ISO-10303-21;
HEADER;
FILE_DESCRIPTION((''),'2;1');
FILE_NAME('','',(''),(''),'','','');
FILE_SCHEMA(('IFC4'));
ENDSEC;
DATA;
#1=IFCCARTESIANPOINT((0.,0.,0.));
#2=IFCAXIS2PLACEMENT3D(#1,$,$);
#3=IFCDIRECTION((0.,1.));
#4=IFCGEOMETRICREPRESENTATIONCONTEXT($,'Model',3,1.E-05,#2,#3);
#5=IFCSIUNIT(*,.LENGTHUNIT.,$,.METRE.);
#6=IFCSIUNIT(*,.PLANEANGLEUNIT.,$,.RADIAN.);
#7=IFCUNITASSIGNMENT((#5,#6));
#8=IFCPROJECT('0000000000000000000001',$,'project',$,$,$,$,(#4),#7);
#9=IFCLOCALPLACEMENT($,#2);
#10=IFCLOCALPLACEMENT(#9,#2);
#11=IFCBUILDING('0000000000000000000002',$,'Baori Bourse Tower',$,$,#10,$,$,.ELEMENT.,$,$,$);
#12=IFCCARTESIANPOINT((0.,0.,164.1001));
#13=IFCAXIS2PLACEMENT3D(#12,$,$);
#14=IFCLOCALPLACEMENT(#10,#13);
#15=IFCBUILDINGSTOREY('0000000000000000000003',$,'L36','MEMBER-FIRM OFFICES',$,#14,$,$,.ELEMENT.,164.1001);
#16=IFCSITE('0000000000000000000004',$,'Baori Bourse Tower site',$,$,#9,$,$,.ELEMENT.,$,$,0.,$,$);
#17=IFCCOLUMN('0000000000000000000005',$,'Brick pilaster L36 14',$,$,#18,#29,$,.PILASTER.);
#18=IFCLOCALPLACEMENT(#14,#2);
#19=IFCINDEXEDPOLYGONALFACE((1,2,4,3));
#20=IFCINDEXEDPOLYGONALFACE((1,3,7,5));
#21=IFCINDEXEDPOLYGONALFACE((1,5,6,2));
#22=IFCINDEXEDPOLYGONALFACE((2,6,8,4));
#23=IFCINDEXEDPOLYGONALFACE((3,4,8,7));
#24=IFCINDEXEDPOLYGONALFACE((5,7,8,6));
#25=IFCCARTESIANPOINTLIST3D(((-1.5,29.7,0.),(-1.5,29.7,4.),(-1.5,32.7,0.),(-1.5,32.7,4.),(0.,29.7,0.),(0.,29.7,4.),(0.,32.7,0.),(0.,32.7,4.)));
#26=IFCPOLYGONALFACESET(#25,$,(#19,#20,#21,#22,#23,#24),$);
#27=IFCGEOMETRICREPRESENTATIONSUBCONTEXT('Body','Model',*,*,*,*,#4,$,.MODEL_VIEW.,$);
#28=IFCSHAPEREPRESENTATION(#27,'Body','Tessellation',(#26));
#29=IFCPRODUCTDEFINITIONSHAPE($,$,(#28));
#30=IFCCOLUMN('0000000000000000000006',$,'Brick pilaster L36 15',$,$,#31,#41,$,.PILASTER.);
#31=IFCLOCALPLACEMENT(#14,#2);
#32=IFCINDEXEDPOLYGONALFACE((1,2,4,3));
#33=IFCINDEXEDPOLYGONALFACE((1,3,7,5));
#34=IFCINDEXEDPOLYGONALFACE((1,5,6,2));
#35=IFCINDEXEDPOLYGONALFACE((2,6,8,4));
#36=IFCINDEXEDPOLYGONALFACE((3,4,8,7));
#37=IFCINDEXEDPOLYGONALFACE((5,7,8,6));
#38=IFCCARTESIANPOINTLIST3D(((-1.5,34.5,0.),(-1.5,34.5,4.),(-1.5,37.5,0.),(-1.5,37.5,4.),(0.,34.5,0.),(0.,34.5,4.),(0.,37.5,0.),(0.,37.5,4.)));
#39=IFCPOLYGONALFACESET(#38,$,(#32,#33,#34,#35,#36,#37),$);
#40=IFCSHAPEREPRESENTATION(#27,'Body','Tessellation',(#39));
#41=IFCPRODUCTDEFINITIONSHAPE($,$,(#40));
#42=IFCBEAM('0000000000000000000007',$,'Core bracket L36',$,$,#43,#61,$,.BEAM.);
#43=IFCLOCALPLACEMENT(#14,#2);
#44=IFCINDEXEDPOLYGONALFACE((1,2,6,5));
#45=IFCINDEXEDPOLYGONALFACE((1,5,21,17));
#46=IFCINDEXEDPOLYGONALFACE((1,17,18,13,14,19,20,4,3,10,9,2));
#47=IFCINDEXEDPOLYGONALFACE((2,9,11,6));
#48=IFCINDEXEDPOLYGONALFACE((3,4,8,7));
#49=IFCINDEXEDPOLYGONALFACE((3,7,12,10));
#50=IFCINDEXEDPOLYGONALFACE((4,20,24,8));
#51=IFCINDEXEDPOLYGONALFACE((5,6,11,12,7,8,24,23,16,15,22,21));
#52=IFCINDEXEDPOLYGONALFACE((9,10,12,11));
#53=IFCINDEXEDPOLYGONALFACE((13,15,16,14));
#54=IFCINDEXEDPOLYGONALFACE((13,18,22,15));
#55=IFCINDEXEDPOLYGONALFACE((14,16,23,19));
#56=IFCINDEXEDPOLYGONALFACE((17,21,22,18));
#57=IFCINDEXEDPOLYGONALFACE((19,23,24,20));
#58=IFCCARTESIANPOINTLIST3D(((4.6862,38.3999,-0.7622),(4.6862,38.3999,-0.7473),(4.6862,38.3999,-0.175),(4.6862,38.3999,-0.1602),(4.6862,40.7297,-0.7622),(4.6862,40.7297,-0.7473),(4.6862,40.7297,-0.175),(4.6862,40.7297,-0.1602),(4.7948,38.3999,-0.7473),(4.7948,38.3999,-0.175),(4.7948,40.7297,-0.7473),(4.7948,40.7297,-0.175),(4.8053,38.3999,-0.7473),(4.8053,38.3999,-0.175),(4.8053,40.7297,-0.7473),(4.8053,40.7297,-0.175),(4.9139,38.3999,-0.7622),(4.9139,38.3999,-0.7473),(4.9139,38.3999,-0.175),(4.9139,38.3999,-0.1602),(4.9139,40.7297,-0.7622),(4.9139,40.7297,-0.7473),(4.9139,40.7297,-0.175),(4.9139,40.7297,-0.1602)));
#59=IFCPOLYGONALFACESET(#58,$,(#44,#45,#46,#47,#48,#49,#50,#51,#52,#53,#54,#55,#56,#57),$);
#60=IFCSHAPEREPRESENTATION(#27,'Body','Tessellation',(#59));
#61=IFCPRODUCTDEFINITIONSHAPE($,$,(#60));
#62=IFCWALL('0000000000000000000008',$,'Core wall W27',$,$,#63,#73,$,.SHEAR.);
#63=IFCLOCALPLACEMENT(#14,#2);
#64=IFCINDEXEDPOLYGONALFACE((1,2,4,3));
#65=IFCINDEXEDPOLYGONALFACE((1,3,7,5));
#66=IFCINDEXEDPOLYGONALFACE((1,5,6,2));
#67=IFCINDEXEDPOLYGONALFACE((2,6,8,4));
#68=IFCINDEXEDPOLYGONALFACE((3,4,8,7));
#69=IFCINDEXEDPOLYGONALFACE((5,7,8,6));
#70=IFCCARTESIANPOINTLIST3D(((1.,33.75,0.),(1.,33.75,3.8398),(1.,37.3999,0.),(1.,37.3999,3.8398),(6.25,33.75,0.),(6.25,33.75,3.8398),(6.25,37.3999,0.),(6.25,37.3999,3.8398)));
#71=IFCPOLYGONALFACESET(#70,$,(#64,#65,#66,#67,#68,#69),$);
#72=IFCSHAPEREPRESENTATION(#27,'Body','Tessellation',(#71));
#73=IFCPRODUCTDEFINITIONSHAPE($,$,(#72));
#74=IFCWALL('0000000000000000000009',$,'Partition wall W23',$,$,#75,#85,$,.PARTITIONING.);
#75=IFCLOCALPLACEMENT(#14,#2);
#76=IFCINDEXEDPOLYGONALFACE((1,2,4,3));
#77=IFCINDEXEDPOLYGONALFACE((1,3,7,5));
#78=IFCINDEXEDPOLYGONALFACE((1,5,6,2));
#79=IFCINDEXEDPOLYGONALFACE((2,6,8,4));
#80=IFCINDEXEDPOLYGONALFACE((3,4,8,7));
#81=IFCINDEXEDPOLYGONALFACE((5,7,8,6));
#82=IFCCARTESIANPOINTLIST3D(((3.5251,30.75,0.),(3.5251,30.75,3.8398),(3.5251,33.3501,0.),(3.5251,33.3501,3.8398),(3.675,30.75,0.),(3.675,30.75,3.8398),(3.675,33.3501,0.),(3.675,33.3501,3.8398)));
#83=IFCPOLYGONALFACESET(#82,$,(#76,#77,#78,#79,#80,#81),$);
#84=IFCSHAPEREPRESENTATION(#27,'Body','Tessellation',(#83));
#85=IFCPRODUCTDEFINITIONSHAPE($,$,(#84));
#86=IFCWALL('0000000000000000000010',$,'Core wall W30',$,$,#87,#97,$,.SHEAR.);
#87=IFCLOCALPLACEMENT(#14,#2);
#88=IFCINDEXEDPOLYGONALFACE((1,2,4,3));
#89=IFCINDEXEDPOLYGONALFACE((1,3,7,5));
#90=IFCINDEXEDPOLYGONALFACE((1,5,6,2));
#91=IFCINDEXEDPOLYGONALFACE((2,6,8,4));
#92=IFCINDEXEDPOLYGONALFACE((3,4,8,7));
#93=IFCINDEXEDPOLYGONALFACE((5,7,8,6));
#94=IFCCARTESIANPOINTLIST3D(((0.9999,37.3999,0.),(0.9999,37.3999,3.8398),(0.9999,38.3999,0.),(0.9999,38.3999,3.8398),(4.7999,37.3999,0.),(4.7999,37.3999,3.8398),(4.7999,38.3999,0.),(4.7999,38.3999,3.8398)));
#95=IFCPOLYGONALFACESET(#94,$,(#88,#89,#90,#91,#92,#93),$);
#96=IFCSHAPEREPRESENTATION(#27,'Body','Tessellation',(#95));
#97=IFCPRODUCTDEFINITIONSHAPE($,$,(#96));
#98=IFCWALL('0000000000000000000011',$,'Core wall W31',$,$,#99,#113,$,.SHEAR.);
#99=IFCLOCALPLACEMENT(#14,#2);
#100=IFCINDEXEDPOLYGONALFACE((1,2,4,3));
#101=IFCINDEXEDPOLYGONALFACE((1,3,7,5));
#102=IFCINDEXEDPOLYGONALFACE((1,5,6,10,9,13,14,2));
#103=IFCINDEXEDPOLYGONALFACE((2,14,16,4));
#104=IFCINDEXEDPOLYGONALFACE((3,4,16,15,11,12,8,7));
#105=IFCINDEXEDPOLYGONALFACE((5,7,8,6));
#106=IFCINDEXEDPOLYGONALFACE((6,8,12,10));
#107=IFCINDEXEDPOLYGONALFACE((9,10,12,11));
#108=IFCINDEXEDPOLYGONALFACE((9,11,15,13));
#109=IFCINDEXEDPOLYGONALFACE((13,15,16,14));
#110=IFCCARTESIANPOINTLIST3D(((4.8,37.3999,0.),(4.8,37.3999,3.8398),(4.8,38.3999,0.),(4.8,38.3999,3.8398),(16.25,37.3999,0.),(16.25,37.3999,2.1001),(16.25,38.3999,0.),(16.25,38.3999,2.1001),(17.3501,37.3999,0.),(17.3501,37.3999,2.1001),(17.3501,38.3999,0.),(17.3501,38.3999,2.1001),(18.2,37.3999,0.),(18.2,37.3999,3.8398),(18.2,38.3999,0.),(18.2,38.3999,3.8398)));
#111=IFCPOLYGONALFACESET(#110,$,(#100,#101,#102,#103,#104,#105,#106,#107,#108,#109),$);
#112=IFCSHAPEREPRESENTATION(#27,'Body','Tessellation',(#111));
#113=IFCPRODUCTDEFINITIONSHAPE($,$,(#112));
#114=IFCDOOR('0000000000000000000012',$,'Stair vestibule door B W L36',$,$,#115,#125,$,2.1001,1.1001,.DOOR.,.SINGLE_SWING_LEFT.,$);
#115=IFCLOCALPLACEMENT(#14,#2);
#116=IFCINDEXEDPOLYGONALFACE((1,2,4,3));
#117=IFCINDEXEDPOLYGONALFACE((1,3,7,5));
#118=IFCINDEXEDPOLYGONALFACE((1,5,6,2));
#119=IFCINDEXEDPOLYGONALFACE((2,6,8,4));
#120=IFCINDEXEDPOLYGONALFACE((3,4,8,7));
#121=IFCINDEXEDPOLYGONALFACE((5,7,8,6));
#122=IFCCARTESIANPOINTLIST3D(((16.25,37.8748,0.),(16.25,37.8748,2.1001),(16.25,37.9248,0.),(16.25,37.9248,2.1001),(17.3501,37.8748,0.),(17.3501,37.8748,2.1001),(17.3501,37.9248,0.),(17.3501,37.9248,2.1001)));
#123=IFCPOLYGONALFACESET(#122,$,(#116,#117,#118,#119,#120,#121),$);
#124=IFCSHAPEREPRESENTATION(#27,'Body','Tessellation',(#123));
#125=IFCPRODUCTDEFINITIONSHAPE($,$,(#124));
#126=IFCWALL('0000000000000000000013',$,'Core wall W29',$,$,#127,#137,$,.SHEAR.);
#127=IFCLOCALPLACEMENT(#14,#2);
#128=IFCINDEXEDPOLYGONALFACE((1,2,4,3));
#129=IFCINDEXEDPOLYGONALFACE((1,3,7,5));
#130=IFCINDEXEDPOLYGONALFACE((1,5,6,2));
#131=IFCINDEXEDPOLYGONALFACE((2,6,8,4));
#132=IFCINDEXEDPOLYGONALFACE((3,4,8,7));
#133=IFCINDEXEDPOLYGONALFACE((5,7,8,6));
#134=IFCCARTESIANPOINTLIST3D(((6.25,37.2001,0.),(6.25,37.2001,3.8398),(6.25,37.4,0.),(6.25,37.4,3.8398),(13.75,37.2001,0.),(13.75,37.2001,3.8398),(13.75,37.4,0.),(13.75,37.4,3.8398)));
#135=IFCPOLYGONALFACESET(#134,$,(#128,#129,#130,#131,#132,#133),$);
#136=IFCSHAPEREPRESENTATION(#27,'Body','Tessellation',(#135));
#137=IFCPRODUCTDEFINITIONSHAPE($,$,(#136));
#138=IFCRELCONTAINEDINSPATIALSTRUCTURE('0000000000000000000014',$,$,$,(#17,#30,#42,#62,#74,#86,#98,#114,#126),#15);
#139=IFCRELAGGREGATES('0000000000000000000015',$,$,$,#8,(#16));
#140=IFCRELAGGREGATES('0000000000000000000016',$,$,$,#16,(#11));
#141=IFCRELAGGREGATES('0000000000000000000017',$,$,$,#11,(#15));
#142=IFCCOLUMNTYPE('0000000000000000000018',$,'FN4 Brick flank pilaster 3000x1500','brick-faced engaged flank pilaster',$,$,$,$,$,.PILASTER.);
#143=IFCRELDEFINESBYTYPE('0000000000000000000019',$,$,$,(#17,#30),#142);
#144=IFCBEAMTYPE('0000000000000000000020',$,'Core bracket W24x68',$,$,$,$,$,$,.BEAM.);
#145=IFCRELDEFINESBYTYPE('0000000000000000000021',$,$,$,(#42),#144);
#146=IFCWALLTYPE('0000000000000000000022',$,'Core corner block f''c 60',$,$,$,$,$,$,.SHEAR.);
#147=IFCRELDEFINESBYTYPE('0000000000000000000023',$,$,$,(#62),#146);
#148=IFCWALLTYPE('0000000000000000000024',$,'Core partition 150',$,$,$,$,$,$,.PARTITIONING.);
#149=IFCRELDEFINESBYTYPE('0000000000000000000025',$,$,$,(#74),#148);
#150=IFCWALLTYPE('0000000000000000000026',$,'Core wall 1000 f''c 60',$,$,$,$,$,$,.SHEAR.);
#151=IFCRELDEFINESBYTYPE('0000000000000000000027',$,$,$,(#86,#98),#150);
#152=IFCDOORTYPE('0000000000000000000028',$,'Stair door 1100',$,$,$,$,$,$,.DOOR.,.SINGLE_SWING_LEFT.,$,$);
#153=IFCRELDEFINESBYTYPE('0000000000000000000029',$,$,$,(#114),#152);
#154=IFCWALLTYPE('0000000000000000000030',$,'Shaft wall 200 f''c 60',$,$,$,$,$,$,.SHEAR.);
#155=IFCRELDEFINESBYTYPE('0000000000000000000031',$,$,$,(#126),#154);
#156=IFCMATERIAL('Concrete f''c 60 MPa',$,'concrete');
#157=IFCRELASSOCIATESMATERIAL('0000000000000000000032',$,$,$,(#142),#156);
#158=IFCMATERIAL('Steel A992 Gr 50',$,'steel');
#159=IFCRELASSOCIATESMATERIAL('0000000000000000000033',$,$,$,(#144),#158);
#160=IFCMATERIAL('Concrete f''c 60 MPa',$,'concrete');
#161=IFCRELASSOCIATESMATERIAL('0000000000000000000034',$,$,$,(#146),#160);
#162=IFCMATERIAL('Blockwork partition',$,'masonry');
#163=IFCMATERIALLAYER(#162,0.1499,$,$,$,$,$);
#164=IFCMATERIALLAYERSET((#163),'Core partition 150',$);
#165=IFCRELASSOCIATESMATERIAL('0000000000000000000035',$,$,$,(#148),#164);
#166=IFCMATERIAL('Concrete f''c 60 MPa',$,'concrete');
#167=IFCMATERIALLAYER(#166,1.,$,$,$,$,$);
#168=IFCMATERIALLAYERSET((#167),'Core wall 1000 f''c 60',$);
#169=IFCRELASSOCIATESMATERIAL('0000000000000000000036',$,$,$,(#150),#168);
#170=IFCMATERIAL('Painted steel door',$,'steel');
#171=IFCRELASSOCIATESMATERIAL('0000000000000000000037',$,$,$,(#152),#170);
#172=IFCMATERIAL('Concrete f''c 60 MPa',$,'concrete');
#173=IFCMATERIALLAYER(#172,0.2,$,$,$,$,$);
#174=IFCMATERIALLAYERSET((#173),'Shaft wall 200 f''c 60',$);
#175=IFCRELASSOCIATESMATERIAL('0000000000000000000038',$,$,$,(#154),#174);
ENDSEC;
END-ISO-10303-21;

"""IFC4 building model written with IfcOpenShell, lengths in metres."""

from ifc_helpers import new_model, si_unit, direction, frame, frame_2d, origin, origin_2d, place, context, subcontext, project, spatial, rectangle, i_section, extrude, material, layer, layer_set, material_profile, profile_set, type_object, element, fill, save


model = new_model("IFC4")

# Units and contexts
model_context = context("Model", 3, precision=1e-05, world=origin(), true_north=direction((0.0, 1.0)))
body_context = subcontext(model_context, "Body", "Model", "MODEL_VIEW")
ifc_project = project(units=[si_unit("LENGTHUNIT", "METRE"), si_unit("PLANEANGLEUNIT", "RADIAN")], contexts=[model_context])

# Site, building, storey
site_placement = place(None, origin())
site = spatial("IfcSite", under=ifc_project, at=site_placement, Name="Baori Bourse Tower site", CompositionType="ELEMENT", RefElevation=0.0)
building_placement = place(site_placement, origin())
building = spatial("IfcBuilding", under=site, at=building_placement, Name="Baori Bourse Tower", CompositionType="ELEMENT")
storey_placement = place(building_placement, frame((0.0, 0.0, 164.1001)))
storey = spatial("IfcBuildingStorey", under=building, at=storey_placement, Name="L36", Description="MEMBER-FIRM OFFICES", CompositionType="ELEMENT", Elevation=164.1001)

# Columns
ifc_material_1 = material(Name="Concrete f'c 60 MPa", Category="concrete")
ifc_material_profile_1 = material_profile(ifc_material_1, rectangle(XDim=3.0, YDim=1.5, at=origin_2d()), Name="RC 3000x1500")
ifc_profile_set_1 = profile_set([ifc_material_profile_1], Name="Concrete f'c 60 MPa")
column_type = type_object("IfcColumnType", Name="FN4 Brick flank pilaster 3000x1500", Description="brick-faced engaged flank pilaster", PredefinedType="PILASTER", material=ifc_profile_set_1)
for number, where, z_axis, x_axis, name in (
    (1, (-0.75, 31.2, 0.0), (0.0, 0.0, 1.0), (0.0, 1.0, 0.0), "Brick pilaster L36 14"),
    (2, (-0.75, 36.0, 0.0), (0.0, 0.0, 1.0), (0.0, 1.0, 0.0), "Brick pilaster L36 15"),
):
    element("IfcColumn", number, at=place(storey_placement, frame(where, z_axis=z_axis, x_axis=x_axis)), inside=storey, type_object=column_type, Name=name, PredefinedType="PILASTER", context=body_context, shape_type="SweptSolid", body=[
        extrude(rectangle(XDim=3.0, YDim=1.5, at=origin_2d()), origin(), (0.0, 0.0, 1.0), 4.0),
    ])

# Beam
ifc_material_2 = material(Name="Steel A992 Gr 50", Category="steel")
ifc_material_profile_2 = material_profile(ifc_material_2, i_section(OverallWidth=0.2278, OverallDepth=0.6021, WebThickness=0.0105, FlangeThickness=0.0149, at=origin_2d()), Name="W24x68")
ifc_profile_set_2 = profile_set([ifc_material_profile_2], Name="Steel A992 Gr 50")
beam_type = type_object("IfcBeamType", Name="Core bracket W24x68", PredefinedType="BEAM", material=ifc_profile_set_2)
beam_placement = place(storey_placement, frame((4.8, 38.3999, -0.4612), z_axis=(0.0, 1.0, 0.0), x_axis=(-1.0, 0.0, 0.0)))
element("IfcBeam", 3, at=beam_placement, inside=storey, type_object=beam_type, Name="Core bracket L36", PredefinedType="BEAM", context=body_context, shape_type="SweptSolid", body=[
    extrude(i_section(OverallWidth=0.2278, OverallDepth=0.6021, WebThickness=0.0105, FlangeThickness=0.0149, at=origin_2d()), origin(), (0.0, 0.0, 1.0), 2.3298),
])

# Walls
ifc_material_3 = material(Name="Concrete f'c 60 MPa", Category="concrete")
wall_type_1 = type_object("IfcWallType", Name="Core corner block f'c 60", PredefinedType="SHEAR", material=ifc_material_3)
wall_1_placement = place(storey_placement, frame((1.0, 35.575, 0.0), z_axis=(0.0, 0.0, 1.0), x_axis=(1.0, 0.0, 0.0)))
element("IfcWall", 4, at=wall_1_placement, inside=storey, type_object=wall_type_1, Name="Core wall W27", PredefinedType="SHEAR", context=body_context, shape_type="SweptSolid", body=[
    extrude(rectangle(XDim=5.25, YDim=3.6499, at=frame_2d((2.625, 0.0))), origin(), (0.0, 0.0, 1.0), 3.8398),
])
ifc_material_4 = material(Name="Blockwork partition", Category="masonry")
ifc_layer_1 = layer(ifc_material_4, 0.1499)
ifc_layer_set_1 = layer_set([ifc_layer_1], Name="Core partition 150")
wall_type_2 = type_object("IfcWallType", Name="Core partition 150", PredefinedType="PARTITIONING", material=ifc_layer_set_1)
wall_2_placement = place(storey_placement, frame((3.6001, 30.75, 0.0), z_axis=(0.0, 0.0, 1.0), x_axis=(0.0, 1.0, 0.0)))
element("IfcWall", 5, at=wall_2_placement, inside=storey, type_object=wall_type_2, Name="Partition wall W23", PredefinedType="PARTITIONING", context=body_context, shape_type="SweptSolid", body=[
    extrude(rectangle(XDim=2.6001, YDim=0.1499, at=frame_2d((1.3, 0.0))), origin(), (0.0, 0.0, 1.0), 3.8398),
])
ifc_material_5 = material(Name="Concrete f'c 60 MPa", Category="concrete")
ifc_layer_2 = layer(ifc_material_5, 1.0)
ifc_layer_set_2 = layer_set([ifc_layer_2], Name="Core wall 1000 f'c 60")
wall_type_3 = type_object("IfcWallType", Name="Core wall 1000 f'c 60", PredefinedType="SHEAR", material=ifc_layer_set_2)
wall_3_placement = place(storey_placement, frame((1.0, 37.8999, 0.0), z_axis=(0.0, 0.0, 1.0), x_axis=(1.0, 0.0, 0.0)))
element("IfcWall", 6, at=wall_3_placement, inside=storey, type_object=wall_type_3, Name="Core wall W30", PredefinedType="SHEAR", context=body_context, shape_type="SweptSolid", body=[
    extrude(rectangle(XDim=3.8, YDim=1.0, at=frame_2d((1.8999, 0.0))), origin(), (0.0, 0.0, 1.0), 3.8398),
])

# Wall, opening, door
wall_4_placement = place(storey_placement, frame((4.8, 37.8999, 0.0), z_axis=(0.0, 0.0, 1.0), x_axis=(1.0, 0.0, 0.0)))
wall_4 = element("IfcWall", 7, at=wall_4_placement, inside=storey, type_object=wall_type_3, Name="Core wall W31", PredefinedType="SHEAR", context=body_context, shape_type="SweptSolid", body=[
    extrude(rectangle(XDim=13.3999, YDim=1.0, at=frame_2d((6.7, 0.0))), origin(), (0.0, 0.0, 1.0), 3.8398),
])
opening_1_placement = place(wall_4_placement, frame((11.45, 0.0, 0.0)))
opening_1 = element("IfcOpeningElement", 8, at=opening_1_placement, cuts=wall_4, PredefinedType="OPENING", context=body_context, shape_type="SweptSolid", body=[
    extrude(rectangle(XDim=1.1001, YDim=2.1001, at=frame_2d((0.55, 1.05))), frame((0.0, 0.51, 0.0), z_axis=(0.0, -1.0, 0.0), x_axis=(1.0, 0.0, 0.0)), (0.0, 0.0, 1.0), 1.02),
])
ifc_material_6 = material(Name="Painted steel door", Category="steel")
door_type_1 = type_object("IfcDoorType", Name="Stair door 1100", OperationType="SINGLE_SWING_LEFT", PredefinedType="DOOR", material=ifc_material_6)
door_1_placement = place(opening_1_placement, origin())
door_1 = element("IfcDoor", 9, at=door_1_placement, inside=storey, type_object=door_type_1, Name="Stair vestibule door B W L36", OperationType="SINGLE_SWING_LEFT", OverallHeight=2.1001, OverallWidth=1.1001, PredefinedType="DOOR", context=body_context, shape_type="SweptSolid", body=[
    extrude(rectangle(XDim=1.1001, YDim=2.1001, at=frame_2d((0.55, 1.05))), frame((0.0, 0.0249, 0.0), z_axis=(0.0, -1.0, 0.0), x_axis=(1.0, 0.0, 0.0)), (0.0, 0.0, 1.0), 0.05),
])
fill(opening_1, door_1)

# Wall
ifc_material_7 = material(Name="Concrete f'c 60 MPa", Category="concrete")
ifc_layer_3 = layer(ifc_material_7, 0.2)
ifc_layer_set_3 = layer_set([ifc_layer_3], Name="Shaft wall 200 f'c 60")
wall_type_4 = type_object("IfcWallType", Name="Shaft wall 200 f'c 60", PredefinedType="SHEAR", material=ifc_layer_set_3)
wall_5_placement = place(storey_placement, frame((6.25, 37.3, 0.0), z_axis=(0.0, 0.0, 1.0), x_axis=(1.0, 0.0, 0.0)))
element("IfcWall", 10, at=wall_5_placement, inside=storey, type_object=wall_type_4, Name="Core wall W29", PredefinedType="SHEAR", context=body_context, shape_type="SweptSolid", body=[
    extrude(rectangle(XDim=7.5, YDim=0.2, at=frame_2d((3.75, 0.0))), origin(), (0.0, 0.0, 1.0), 3.8398),
])

save(model, "model.ifc")
